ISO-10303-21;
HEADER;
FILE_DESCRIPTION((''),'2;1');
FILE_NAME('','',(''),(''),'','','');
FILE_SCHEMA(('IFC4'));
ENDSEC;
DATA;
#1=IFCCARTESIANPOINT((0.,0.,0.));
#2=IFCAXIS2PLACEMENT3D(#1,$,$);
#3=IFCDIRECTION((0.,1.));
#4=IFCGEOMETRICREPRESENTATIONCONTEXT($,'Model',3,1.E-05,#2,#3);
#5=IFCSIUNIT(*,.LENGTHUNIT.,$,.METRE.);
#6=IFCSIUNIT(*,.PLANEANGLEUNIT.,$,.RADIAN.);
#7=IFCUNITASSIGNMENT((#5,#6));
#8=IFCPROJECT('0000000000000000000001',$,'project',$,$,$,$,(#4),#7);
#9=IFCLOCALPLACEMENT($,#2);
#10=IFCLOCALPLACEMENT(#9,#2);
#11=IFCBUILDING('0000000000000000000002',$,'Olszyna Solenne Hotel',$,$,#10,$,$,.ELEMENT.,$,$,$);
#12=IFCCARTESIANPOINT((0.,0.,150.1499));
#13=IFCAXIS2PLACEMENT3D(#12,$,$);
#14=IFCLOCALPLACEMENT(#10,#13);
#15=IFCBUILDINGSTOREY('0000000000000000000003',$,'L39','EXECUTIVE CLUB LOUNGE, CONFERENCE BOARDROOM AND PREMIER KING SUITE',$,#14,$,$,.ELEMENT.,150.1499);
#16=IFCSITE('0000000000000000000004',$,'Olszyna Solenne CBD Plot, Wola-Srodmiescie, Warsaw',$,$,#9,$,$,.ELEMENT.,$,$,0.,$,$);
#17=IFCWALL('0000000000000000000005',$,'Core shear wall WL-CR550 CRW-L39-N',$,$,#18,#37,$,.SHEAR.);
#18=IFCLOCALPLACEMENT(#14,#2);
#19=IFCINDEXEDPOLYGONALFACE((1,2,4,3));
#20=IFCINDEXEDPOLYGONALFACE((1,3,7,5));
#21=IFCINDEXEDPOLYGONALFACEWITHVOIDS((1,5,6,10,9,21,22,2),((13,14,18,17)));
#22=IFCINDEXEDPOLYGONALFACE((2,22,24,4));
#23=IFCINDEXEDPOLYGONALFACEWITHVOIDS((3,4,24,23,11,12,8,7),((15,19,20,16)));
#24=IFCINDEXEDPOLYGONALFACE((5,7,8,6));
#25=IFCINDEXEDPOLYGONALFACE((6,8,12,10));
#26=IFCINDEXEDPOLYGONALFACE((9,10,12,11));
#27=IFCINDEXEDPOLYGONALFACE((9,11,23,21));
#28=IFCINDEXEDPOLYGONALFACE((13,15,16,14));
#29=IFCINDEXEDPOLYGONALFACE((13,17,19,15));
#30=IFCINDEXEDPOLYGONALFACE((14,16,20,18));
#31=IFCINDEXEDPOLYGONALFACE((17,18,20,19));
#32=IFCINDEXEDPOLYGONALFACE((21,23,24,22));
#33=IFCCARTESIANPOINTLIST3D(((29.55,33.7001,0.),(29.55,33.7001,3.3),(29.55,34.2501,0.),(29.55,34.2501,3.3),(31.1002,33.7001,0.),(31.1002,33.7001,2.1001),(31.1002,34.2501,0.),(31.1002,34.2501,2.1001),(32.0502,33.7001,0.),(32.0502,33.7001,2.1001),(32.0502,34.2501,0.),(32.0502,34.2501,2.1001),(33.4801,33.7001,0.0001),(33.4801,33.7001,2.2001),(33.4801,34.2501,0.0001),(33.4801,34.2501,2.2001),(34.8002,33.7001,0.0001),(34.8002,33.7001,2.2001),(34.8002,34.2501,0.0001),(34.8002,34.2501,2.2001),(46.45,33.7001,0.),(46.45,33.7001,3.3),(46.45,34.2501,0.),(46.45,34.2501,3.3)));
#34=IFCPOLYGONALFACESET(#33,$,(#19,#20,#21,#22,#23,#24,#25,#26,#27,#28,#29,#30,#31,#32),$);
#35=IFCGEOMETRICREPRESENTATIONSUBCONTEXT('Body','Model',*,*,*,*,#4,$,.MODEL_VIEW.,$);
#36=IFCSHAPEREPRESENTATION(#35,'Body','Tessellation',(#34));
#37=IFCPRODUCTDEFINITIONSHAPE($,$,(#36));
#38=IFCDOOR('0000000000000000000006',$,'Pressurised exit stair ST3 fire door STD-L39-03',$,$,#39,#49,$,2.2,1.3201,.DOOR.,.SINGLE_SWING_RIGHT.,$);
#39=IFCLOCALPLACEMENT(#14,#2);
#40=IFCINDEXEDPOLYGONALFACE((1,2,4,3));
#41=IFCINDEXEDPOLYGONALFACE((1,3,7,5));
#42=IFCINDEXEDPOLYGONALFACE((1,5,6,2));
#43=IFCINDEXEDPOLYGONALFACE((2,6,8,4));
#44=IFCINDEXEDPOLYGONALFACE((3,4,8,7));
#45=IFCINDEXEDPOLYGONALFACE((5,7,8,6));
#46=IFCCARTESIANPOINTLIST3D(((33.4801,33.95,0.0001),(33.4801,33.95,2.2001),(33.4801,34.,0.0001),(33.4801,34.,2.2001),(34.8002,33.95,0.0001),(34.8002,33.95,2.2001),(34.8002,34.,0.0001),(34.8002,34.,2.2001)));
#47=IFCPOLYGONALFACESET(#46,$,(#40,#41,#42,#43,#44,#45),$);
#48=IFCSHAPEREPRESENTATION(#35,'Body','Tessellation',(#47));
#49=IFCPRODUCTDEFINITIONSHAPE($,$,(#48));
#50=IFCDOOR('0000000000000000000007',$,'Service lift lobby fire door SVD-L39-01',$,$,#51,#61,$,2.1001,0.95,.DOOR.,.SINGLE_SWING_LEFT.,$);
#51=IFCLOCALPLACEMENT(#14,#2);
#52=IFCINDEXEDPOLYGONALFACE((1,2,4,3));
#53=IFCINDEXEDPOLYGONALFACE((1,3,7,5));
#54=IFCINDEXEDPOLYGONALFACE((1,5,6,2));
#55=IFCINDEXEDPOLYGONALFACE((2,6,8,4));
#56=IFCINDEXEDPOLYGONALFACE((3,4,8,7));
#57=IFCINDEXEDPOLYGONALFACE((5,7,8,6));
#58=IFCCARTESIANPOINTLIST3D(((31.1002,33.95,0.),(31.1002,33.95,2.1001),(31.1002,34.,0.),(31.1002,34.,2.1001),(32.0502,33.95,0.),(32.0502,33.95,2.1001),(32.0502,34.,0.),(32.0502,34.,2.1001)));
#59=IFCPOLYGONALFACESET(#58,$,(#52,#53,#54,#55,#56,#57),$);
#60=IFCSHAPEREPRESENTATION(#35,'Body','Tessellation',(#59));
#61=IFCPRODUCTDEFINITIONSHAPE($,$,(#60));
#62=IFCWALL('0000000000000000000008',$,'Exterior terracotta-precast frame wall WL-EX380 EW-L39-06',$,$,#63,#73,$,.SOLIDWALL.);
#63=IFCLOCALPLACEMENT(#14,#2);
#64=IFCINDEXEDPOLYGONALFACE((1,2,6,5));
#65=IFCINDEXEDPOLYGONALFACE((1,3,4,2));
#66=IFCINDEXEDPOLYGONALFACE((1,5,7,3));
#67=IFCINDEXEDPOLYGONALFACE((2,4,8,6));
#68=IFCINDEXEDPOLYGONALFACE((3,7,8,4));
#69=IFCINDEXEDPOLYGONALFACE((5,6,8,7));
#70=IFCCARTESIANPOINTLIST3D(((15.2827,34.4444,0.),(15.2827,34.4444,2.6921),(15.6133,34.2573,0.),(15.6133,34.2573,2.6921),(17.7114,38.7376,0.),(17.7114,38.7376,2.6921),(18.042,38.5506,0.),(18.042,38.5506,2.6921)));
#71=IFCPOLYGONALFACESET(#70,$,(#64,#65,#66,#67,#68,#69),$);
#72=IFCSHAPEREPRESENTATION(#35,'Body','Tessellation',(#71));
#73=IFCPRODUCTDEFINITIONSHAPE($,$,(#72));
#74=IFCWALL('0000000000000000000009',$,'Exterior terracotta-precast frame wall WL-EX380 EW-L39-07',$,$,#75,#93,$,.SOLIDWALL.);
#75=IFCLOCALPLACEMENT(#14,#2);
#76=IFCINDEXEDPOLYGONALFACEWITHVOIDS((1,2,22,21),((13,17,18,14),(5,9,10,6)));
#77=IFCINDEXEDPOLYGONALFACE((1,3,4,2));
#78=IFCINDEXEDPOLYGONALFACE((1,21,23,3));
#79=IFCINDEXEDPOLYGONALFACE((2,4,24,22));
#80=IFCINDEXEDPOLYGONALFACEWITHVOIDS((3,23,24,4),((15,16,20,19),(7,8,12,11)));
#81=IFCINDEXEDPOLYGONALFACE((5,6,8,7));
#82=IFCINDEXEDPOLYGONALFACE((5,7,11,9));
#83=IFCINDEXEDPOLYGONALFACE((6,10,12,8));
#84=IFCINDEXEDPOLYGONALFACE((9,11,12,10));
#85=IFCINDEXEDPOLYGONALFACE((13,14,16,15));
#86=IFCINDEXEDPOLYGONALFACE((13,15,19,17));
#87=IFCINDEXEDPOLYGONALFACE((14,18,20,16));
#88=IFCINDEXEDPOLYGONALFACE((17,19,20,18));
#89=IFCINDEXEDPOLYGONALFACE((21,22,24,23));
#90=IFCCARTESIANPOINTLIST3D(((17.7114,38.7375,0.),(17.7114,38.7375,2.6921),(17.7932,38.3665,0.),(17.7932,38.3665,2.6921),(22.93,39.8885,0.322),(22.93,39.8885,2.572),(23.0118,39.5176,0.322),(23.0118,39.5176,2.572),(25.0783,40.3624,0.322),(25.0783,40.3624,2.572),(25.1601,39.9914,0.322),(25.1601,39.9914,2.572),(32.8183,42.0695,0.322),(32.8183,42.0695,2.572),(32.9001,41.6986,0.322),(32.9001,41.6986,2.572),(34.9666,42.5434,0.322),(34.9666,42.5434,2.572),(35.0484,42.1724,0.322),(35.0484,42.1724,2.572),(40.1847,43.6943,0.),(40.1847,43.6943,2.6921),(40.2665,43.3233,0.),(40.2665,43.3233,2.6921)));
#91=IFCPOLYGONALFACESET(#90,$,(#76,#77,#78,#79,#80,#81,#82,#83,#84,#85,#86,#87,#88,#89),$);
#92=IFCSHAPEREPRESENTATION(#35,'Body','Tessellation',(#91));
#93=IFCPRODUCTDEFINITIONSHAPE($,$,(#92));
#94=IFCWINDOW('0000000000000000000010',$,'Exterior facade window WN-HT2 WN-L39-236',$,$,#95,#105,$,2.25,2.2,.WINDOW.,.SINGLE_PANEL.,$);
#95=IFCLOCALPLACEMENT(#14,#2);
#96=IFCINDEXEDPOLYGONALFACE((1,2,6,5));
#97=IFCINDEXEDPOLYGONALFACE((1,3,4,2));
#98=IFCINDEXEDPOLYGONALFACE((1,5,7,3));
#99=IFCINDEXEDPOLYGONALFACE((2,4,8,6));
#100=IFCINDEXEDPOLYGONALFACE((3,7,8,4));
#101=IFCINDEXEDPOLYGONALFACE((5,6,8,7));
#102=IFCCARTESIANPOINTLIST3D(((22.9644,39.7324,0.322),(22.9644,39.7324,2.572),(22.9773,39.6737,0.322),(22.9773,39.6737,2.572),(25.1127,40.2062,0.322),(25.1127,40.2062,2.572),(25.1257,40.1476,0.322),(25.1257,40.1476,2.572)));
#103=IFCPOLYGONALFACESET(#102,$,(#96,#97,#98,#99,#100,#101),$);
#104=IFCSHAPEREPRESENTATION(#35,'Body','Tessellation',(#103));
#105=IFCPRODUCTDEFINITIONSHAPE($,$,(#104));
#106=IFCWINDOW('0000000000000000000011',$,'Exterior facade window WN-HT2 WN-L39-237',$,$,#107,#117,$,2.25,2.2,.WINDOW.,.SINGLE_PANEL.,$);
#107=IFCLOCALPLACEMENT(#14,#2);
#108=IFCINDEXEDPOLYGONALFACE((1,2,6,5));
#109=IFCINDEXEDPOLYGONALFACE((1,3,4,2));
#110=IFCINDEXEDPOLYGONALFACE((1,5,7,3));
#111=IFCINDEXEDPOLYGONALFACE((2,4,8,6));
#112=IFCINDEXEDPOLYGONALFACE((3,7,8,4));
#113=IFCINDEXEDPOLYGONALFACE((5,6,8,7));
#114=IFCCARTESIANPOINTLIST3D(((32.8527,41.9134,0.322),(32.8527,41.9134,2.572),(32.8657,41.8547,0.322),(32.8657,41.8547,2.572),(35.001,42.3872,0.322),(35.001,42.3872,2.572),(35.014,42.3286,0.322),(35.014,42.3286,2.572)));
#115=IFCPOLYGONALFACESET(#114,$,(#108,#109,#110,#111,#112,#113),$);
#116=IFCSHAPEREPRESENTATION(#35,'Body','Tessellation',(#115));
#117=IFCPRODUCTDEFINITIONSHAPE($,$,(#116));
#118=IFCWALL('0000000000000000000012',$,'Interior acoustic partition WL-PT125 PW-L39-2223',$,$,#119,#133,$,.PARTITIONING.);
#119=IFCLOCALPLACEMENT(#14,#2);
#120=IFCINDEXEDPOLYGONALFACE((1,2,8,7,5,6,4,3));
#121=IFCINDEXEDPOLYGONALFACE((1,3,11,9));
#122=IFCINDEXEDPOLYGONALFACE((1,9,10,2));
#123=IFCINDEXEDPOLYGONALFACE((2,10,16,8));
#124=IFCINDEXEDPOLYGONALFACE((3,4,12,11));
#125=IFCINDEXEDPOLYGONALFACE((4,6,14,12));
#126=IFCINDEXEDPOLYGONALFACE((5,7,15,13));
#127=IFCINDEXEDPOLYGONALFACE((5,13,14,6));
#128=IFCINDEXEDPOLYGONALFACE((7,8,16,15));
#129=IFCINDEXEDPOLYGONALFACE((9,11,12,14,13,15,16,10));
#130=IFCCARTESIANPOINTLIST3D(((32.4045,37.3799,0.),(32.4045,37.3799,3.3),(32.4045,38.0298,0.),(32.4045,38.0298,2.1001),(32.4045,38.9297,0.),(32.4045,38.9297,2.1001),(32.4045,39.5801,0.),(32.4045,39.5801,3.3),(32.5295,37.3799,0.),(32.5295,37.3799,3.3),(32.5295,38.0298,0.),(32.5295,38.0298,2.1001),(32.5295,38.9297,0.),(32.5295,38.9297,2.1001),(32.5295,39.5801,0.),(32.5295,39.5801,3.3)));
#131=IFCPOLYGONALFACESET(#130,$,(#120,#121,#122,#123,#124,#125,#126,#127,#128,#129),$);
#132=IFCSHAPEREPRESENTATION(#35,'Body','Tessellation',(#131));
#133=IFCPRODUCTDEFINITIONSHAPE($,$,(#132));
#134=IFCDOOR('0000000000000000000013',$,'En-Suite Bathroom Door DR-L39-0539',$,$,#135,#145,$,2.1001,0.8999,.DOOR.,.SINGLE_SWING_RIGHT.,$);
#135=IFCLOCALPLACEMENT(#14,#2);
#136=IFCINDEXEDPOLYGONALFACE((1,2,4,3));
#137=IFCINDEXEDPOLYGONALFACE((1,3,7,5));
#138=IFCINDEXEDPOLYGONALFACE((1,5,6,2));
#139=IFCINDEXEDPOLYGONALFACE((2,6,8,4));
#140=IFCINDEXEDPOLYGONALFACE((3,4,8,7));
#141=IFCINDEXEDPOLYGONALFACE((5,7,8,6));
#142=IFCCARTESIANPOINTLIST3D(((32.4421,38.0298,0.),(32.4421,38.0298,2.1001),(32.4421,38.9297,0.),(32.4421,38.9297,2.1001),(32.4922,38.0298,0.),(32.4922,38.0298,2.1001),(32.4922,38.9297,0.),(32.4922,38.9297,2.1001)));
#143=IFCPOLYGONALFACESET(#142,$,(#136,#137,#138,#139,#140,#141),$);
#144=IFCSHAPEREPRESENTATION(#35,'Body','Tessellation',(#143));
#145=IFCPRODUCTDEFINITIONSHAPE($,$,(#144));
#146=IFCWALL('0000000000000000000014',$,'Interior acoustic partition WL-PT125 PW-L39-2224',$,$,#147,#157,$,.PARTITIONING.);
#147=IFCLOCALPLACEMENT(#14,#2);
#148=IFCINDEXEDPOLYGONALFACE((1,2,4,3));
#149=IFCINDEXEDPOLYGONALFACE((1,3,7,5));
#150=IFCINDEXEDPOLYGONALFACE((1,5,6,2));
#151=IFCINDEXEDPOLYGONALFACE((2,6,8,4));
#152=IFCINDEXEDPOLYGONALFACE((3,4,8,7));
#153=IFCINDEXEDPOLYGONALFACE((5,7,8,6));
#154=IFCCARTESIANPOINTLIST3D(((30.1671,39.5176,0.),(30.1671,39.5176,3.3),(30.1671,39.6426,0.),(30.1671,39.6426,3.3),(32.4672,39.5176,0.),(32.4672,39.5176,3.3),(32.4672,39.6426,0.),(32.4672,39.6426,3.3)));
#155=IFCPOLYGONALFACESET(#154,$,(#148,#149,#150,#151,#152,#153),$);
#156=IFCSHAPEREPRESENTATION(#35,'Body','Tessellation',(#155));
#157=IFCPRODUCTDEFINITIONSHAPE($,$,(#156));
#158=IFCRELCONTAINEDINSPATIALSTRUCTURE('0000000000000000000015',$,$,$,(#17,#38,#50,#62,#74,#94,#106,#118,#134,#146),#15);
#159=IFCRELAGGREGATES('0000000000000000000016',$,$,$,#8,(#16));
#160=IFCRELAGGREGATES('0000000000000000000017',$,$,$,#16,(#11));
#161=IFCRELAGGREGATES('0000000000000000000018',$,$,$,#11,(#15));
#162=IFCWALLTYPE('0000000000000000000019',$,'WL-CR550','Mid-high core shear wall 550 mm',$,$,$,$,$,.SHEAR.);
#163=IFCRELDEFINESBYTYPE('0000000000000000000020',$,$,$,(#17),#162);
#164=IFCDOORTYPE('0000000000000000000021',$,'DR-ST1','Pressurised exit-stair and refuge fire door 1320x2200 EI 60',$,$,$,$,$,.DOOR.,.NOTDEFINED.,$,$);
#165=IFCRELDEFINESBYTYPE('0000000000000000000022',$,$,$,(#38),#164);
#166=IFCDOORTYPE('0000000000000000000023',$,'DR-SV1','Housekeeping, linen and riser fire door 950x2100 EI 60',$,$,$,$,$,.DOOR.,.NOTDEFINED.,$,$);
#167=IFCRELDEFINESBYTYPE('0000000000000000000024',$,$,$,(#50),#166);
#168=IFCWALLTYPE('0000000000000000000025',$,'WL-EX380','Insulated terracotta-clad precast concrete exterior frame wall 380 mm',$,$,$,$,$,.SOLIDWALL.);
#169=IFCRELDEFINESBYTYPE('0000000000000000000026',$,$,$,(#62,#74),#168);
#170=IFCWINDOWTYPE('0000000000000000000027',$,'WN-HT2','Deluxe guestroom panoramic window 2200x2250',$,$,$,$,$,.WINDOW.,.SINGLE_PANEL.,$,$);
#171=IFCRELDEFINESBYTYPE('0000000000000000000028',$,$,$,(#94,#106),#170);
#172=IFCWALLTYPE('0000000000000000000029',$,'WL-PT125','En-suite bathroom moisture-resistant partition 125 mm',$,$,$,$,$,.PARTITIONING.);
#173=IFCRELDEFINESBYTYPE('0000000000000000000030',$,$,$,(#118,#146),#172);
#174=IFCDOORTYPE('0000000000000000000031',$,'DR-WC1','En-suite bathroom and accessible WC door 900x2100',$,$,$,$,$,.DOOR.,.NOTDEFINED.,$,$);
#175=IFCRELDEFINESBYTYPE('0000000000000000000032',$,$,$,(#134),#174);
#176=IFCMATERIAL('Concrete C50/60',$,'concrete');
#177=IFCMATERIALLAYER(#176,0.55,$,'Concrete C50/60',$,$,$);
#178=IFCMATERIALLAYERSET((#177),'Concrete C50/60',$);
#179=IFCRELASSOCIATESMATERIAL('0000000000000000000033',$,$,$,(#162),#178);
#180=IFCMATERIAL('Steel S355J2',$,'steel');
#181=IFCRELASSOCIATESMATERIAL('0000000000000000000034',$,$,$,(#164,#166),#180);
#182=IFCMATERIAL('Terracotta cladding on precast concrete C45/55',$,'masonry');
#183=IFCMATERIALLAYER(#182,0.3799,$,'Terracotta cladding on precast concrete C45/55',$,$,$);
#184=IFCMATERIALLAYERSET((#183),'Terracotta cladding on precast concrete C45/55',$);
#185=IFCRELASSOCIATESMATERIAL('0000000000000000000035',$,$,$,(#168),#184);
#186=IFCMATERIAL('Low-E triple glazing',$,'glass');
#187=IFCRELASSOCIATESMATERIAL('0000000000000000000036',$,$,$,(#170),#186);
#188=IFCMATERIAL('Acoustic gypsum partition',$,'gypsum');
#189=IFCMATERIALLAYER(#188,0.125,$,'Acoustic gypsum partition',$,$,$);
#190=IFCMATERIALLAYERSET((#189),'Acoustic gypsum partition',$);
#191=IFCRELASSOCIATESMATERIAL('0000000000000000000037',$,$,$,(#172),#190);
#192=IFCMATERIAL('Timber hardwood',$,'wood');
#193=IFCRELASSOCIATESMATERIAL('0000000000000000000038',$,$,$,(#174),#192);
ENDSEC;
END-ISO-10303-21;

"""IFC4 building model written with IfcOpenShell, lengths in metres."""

from ifc_helpers import new_model, si_unit, direction, frame, frame_2d, origin, place, context, subcontext, project, spatial, rectangle, extrude, source, transform, mapped, material, layer, layer_set, type_object, type_shapes, element, fill, save


model = new_model("IFC4")

# Units and contexts
model_context = context("Model", 3, precision=1e-05, world=origin(), true_north=direction((0.0, 1.0)))
body_context = subcontext(model_context, "Body", "Model", "MODEL_VIEW")
ifc_project = project(units=[si_unit("LENGTHUNIT", "METRE"), si_unit("PLANEANGLEUNIT", "RADIAN")], contexts=[model_context])

# Site, building, storey
site_placement = place(None, origin())
site = spatial("IfcSite", under=ifc_project, at=site_placement, Name="Olszyna Solenne CBD Plot, Wola-Srodmiescie, Warsaw", CompositionType="ELEMENT", RefElevation=0.0)
building_placement = place(site_placement, origin())
building = spatial("IfcBuilding", under=site, at=building_placement, Name="Olszyna Solenne Hotel", CompositionType="ELEMENT")
storey_placement = place(building_placement, frame((0.0, 0.0, 150.1499)))
storey = spatial("IfcBuildingStorey", under=building, at=storey_placement, Name="L39", Description="EXECUTIVE CLUB LOUNGE, CONFERENCE BOARDROOM AND PREMIER KING SUITE", CompositionType="ELEMENT", Elevation=150.1499)

# Shared definitions
ifc_material_1 = material(Name="Steel S355J2", Category="steel")

# Wall, openings, doors
ifc_material_2 = material(Name="Concrete C50/60", Category="concrete")
ifc_layer_1 = layer(ifc_material_2, 0.55, Name="Concrete C50/60")
ifc_layer_set_1 = layer_set([ifc_layer_1], Name="Concrete C50/60")
wall_type_1 = type_object("IfcWallType", Name="WL-CR550", Description="Mid-high core shear wall 550 mm", PredefinedType="SHEAR", material=ifc_layer_set_1)
wall_1_placement = place(storey_placement, frame((29.55, 33.9751, 0.0), z_axis=(0.0, 0.0, 1.0), x_axis=(1.0, 0.0, 0.0)))
wall_1 = element("IfcWall", 1, at=wall_1_placement, inside=storey, type_object=wall_type_1, Name="Core shear wall WL-CR550 CRW-L39-N", PredefinedType="SHEAR", context=body_context, shape_type="SweptSolid", body=[
    extrude(rectangle(XDim=16.8999, YDim=0.55, at=frame_2d((8.45, 0.0))), origin(), (0.0, 0.0, 1.0), 3.3),
])
opening_1_placement = place(wall_1_placement, frame((1.55, 0.0, 0.0)))
opening_1 = element("IfcOpeningElement", 2, at=opening_1_placement, cuts=wall_1, PredefinedType="OPENING", context=body_context, shape_type="SweptSolid", body=[
    extrude(rectangle(XDim=0.95, YDim=2.1001, at=frame_2d((0.4751, 1.05))), frame((0.0, 0.2852, 0.0), z_axis=(0.0, -1.0, 0.0), x_axis=(1.0, 0.0, 0.0)), (0.0, 0.0, 1.0), 0.5701),
])
opening_2_placement = place(wall_1_placement, frame((3.9299, 0.0, 0.0)))
opening_2 = element("IfcOpeningElement", 3, at=opening_2_placement, cuts=wall_1, PredefinedType="OPENING", context=body_context, shape_type="SweptSolid", body=[
    extrude(rectangle(XDim=1.3201, YDim=2.2, at=frame_2d((0.6602, 1.1001))), frame((0.0, 0.2852, 0.0), z_axis=(0.0, -1.0, 0.0), x_axis=(1.0, 0.0, 0.0)), (0.0, 0.0, 1.0), 0.5701),
])
door_type_1 = type_object("IfcDoorType", Name="DR-ST1", Description="Pressurised exit-stair and refuge fire door 1320x2200 EI 60", OperationType="NOTDEFINED", PredefinedType="DOOR", material=ifc_material_1)
shared_shape_1 = source(origin(), body_context, "Body", "SweptSolid", [
    extrude(rectangle(XDim=1.3201, YDim=2.2, at=frame_2d((0.6602, 1.1001))), frame((0.0, 0.0249, 0.0), z_axis=(0.0, -1.0, 0.0), x_axis=(1.0, 0.0, 0.0)), (0.0, 0.0, 1.0), 0.05),
])
type_shapes(door_type_1, [shared_shape_1])
door_1_placement = place(opening_2_placement, origin())
door_1 = element("IfcDoor", 4, at=door_1_placement, inside=storey, type_object=door_type_1, Name="Pressurised exit stair ST3 fire door STD-L39-03", OperationType="SINGLE_SWING_RIGHT", OverallHeight=2.2, OverallWidth=1.3201, PredefinedType="DOOR", context=body_context, shape_type="MappedRepresentation", body=[
    mapped(shared_shape_1, transform((0.0, 0.0, 0.0), x_axis=(1.0, 0.0, 0.0), y_axis=(0.0, 1.0, 0.0), z_axis=(0.0, 0.0, 1.0), scale=1.0)),
])
fill(opening_2, door_1)
door_type_2 = type_object("IfcDoorType", Name="DR-SV1", Description="Housekeeping, linen and riser fire door 950x2100 EI 60", OperationType="NOTDEFINED", PredefinedType="DOOR", material=ifc_material_1)
shared_shape_2 = source(origin(), body_context, "Body", "SweptSolid", [
    extrude(rectangle(XDim=0.95, YDim=2.1001, at=frame_2d((0.4751, 1.05))), frame((0.0, 0.0249, 0.0), z_axis=(0.0, -1.0, 0.0), x_axis=(1.0, 0.0, 0.0)), (0.0, 0.0, 1.0), 0.05),
])
type_shapes(door_type_2, [shared_shape_2])
door_2_placement = place(opening_1_placement, origin())
door_2 = element("IfcDoor", 5, at=door_2_placement, inside=storey, type_object=door_type_2, Name="Service lift lobby fire door SVD-L39-01", OperationType="SINGLE_SWING_LEFT", OverallHeight=2.1001, OverallWidth=0.95, PredefinedType="DOOR", context=body_context, shape_type="MappedRepresentation", body=[
    mapped(shared_shape_2, transform((0.0, 0.0, 0.0), x_axis=(1.0, 0.0, 0.0), y_axis=(0.0, 1.0, 0.0), z_axis=(0.0, 0.0, 1.0), scale=1.0)),
])
fill(opening_1, door_2)

# Wall
ifc_material_3 = material(Name="Terracotta cladding on precast concrete C45/55", Category="masonry")
ifc_layer_2 = layer(ifc_material_3, 0.3799, Name="Terracotta cladding on precast concrete C45/55")
ifc_layer_set_2 = layer_set([ifc_layer_2], Name="Terracotta cladding on precast concrete C45/55")
wall_type_2 = type_object("IfcWallType", Name="WL-EX380", Description="Insulated terracotta-clad precast concrete exterior frame wall 380 mm", PredefinedType="SOLIDWALL", material=ifc_layer_set_2)
wall_2_placement = place(storey_placement, frame((15.448, 34.3508, 0.0), z_axis=(0.0, 0.0, 1.0), x_axis=(0.492382, 0.870379, 0.0)))
element("IfcWall", 6, at=wall_2_placement, inside=storey, type_object=wall_type_2, Name="Exterior terracotta-precast frame wall WL-EX380 EW-L39-06", PredefinedType="SOLIDWALL", context=body_context, shape_type="SweptSolid", body=[
    extrude(rectangle(XDim=4.9326, YDim=0.3799, at=frame_2d((2.4663, 0.0))), origin(), (0.0, 0.0, 1.0), 2.6921),
])

# Wall, openings, windows
wall_3_placement = place(storey_placement, frame((17.7522, 38.552, 0.0), z_axis=(0.0, 0.0, 1.0), x_axis=(0.976529, 0.215386, 0.0)))
wall_3 = element("IfcWall", 7, at=wall_3_placement, inside=storey, type_object=wall_type_2, Name="Exterior terracotta-precast frame wall WL-EX380 EW-L39-07", PredefinedType="SOLIDWALL", context=body_context, shape_type="SweptSolid", body=[
    extrude(rectangle(XDim=23.0134, YDim=0.3799, at=frame_2d((11.5068, 0.0))), origin(), (0.0, 0.0, 1.0), 2.6921),
])
opening_3_placement = place(wall_3_placement, frame((5.344, 0.0, 0.322)))
opening_3 = element("IfcOpeningElement", 8, at=opening_3_placement, cuts=wall_3, PredefinedType="OPENING", context=body_context, shape_type="SweptSolid", body=[
    extrude(rectangle(XDim=2.2, YDim=2.25, at=frame_2d((1.1001, 1.125))), frame((0.0, 0.2, 0.0), z_axis=(0.0, -1.0, 0.0), x_axis=(1.0, 0.0, 0.0)), (0.0, 0.0, 1.0), 0.3999),
])
opening_4_placement = place(wall_3_placement, frame((15.47, 0.0, 0.322)))
opening_4 = element("IfcOpeningElement", 9, at=opening_4_placement, cuts=wall_3, PredefinedType="OPENING", context=body_context, shape_type="SweptSolid", body=[
    extrude(rectangle(XDim=2.2, YDim=2.25, at=frame_2d((1.1001, 1.125))), frame((0.0, 0.2, 0.0), z_axis=(0.0, -1.0, 0.0), x_axis=(1.0, 0.0, 0.0)), (0.0, 0.0, 1.0), 0.3999),
])
ifc_material_4 = material(Name="Low-E triple glazing", Category="glass")
window_type = type_object("IfcWindowType", Name="WN-HT2", Description="Deluxe guestroom panoramic window 2200x2250", PartitioningType="SINGLE_PANEL", PredefinedType="WINDOW", material=ifc_material_4)
shared_shape_3 = source(origin(), body_context, "Body", "SweptSolid", [
    extrude(rectangle(XDim=2.2, YDim=2.25, at=frame_2d((1.1001, 1.125))), frame((0.0, 0.03, 0.0), z_axis=(0.0, -1.0, 0.0), x_axis=(1.0, 0.0, 0.0)), (0.0, 0.0, 1.0), 0.0601),
])
type_shapes(window_type, [shared_shape_3])
window_1_placement = place(opening_3_placement, origin())
window_1 = element("IfcWindow", 10, at=window_1_placement, inside=storey, type_object=window_type, Name="Exterior facade window WN-HT2 WN-L39-236", OverallHeight=2.25, OverallWidth=2.2, PartitioningType="SINGLE_PANEL", PredefinedType="WINDOW", context=body_context, shape_type="MappedRepresentation", body=[
    mapped(shared_shape_3, transform((0.0, 0.0, 0.0), x_axis=(1.0, 0.0, 0.0), y_axis=(0.0, 1.0, 0.0), z_axis=(0.0, 0.0, 1.0), scale=1.0)),
])
fill(opening_3, window_1)
window_2_placement = place(opening_4_placement, origin())
window_2 = element("IfcWindow", 11, at=window_2_placement, inside=storey, type_object=window_type, Name="Exterior facade window WN-HT2 WN-L39-237", OverallHeight=2.25, OverallWidth=2.2, PartitioningType="SINGLE_PANEL", PredefinedType="WINDOW", context=body_context, shape_type="MappedRepresentation", body=[
    mapped(shared_shape_3, transform((0.0, 0.0, 0.0), x_axis=(1.0, 0.0, 0.0), y_axis=(0.0, 1.0, 0.0), z_axis=(0.0, 0.0, 1.0), scale=1.0)),
])
fill(opening_4, window_2)

# Wall, opening, door
ifc_material_5 = material(Name="Acoustic gypsum partition", Category="gypsum")
ifc_layer_3 = layer(ifc_material_5, 0.125, Name="Acoustic gypsum partition")
ifc_layer_set_3 = layer_set([ifc_layer_3], Name="Acoustic gypsum partition")
wall_type_3 = type_object("IfcWallType", Name="WL-PT125", Description="En-suite bathroom moisture-resistant partition 125 mm", PredefinedType="PARTITIONING", material=ifc_layer_set_3)
wall_4_placement = place(storey_placement, frame((32.467, 37.3799, 0.0), z_axis=(0.0, 0.0, 1.0), x_axis=(0.0, 1.0, 0.0)))
wall_4 = element("IfcWall", 12, at=wall_4_placement, inside=storey, type_object=wall_type_3, Name="Interior acoustic partition WL-PT125 PW-L39-2223", PredefinedType="PARTITIONING", context=body_context, shape_type="SweptSolid", body=[
    extrude(rectangle(XDim=2.2002, YDim=0.125, at=frame_2d((1.1001, 0.0))), origin(), (0.0, 0.0, 1.0), 3.3),
])
opening_5_placement = place(wall_4_placement, frame((0.6499, 0.0, 0.0)))
opening_5 = element("IfcOpeningElement", 13, at=opening_5_placement, cuts=wall_4, PredefinedType="OPENING", context=body_context, shape_type="SweptSolid", body=[
    extrude(rectangle(XDim=0.8999, YDim=2.1001, at=frame_2d((0.45, 1.05))), frame((0.0, 0.0725, 0.0), z_axis=(0.0, -1.0, 0.0), x_axis=(1.0, 0.0, 0.0)), (0.0, 0.0, 1.0), 0.145),
])
ifc_material_6 = material(Name="Timber hardwood", Category="wood")
door_type_3 = type_object("IfcDoorType", Name="DR-WC1", Description="En-suite bathroom and accessible WC door 900x2100", OperationType="NOTDEFINED", PredefinedType="DOOR", material=ifc_material_6)
shared_shape_4 = source(origin(), body_context, "Body", "SweptSolid", [
    extrude(rectangle(XDim=0.8999, YDim=2.1001, at=frame_2d((0.45, 1.05))), frame((0.0, 0.0249, 0.0), z_axis=(0.0, -1.0, 0.0), x_axis=(1.0, 0.0, 0.0)), (0.0, 0.0, 1.0), 0.05),
])
type_shapes(door_type_3, [shared_shape_4])
door_3_placement = place(opening_5_placement, origin())
door_3 = element("IfcDoor", 14, at=door_3_placement, inside=storey, type_object=door_type_3, Name="En-Suite Bathroom Door DR-L39-0539", OperationType="SINGLE_SWING_RIGHT", OverallHeight=2.1001, OverallWidth=0.8999, PredefinedType="DOOR", context=body_context, shape_type="MappedRepresentation", body=[
    mapped(shared_shape_4, transform((0.0, 0.0, 0.0), x_axis=(1.0, 0.0, 0.0), y_axis=(0.0, 1.0, 0.0), z_axis=(0.0, 0.0, 1.0), scale=1.0)),
])
fill(opening_5, door_3)

# Wall
wall_5_placement = place(storey_placement, frame((32.467, 39.5801, 0.0), z_axis=(0.0, 0.0, 1.0), x_axis=(-1.0, 0.0, 0.0)))
element("IfcWall", 15, at=wall_5_placement, inside=storey, type_object=wall_type_3, Name="Interior acoustic partition WL-PT125 PW-L39-2224", PredefinedType="PARTITIONING", context=body_context, shape_type="SweptSolid", body=[
    extrude(rectangle(XDim=2.3, YDim=0.125, at=frame_2d((1.1499, 0.0))), origin(), (0.0, 0.0, 1.0), 3.3),
])

save(model, "model.ifc")
